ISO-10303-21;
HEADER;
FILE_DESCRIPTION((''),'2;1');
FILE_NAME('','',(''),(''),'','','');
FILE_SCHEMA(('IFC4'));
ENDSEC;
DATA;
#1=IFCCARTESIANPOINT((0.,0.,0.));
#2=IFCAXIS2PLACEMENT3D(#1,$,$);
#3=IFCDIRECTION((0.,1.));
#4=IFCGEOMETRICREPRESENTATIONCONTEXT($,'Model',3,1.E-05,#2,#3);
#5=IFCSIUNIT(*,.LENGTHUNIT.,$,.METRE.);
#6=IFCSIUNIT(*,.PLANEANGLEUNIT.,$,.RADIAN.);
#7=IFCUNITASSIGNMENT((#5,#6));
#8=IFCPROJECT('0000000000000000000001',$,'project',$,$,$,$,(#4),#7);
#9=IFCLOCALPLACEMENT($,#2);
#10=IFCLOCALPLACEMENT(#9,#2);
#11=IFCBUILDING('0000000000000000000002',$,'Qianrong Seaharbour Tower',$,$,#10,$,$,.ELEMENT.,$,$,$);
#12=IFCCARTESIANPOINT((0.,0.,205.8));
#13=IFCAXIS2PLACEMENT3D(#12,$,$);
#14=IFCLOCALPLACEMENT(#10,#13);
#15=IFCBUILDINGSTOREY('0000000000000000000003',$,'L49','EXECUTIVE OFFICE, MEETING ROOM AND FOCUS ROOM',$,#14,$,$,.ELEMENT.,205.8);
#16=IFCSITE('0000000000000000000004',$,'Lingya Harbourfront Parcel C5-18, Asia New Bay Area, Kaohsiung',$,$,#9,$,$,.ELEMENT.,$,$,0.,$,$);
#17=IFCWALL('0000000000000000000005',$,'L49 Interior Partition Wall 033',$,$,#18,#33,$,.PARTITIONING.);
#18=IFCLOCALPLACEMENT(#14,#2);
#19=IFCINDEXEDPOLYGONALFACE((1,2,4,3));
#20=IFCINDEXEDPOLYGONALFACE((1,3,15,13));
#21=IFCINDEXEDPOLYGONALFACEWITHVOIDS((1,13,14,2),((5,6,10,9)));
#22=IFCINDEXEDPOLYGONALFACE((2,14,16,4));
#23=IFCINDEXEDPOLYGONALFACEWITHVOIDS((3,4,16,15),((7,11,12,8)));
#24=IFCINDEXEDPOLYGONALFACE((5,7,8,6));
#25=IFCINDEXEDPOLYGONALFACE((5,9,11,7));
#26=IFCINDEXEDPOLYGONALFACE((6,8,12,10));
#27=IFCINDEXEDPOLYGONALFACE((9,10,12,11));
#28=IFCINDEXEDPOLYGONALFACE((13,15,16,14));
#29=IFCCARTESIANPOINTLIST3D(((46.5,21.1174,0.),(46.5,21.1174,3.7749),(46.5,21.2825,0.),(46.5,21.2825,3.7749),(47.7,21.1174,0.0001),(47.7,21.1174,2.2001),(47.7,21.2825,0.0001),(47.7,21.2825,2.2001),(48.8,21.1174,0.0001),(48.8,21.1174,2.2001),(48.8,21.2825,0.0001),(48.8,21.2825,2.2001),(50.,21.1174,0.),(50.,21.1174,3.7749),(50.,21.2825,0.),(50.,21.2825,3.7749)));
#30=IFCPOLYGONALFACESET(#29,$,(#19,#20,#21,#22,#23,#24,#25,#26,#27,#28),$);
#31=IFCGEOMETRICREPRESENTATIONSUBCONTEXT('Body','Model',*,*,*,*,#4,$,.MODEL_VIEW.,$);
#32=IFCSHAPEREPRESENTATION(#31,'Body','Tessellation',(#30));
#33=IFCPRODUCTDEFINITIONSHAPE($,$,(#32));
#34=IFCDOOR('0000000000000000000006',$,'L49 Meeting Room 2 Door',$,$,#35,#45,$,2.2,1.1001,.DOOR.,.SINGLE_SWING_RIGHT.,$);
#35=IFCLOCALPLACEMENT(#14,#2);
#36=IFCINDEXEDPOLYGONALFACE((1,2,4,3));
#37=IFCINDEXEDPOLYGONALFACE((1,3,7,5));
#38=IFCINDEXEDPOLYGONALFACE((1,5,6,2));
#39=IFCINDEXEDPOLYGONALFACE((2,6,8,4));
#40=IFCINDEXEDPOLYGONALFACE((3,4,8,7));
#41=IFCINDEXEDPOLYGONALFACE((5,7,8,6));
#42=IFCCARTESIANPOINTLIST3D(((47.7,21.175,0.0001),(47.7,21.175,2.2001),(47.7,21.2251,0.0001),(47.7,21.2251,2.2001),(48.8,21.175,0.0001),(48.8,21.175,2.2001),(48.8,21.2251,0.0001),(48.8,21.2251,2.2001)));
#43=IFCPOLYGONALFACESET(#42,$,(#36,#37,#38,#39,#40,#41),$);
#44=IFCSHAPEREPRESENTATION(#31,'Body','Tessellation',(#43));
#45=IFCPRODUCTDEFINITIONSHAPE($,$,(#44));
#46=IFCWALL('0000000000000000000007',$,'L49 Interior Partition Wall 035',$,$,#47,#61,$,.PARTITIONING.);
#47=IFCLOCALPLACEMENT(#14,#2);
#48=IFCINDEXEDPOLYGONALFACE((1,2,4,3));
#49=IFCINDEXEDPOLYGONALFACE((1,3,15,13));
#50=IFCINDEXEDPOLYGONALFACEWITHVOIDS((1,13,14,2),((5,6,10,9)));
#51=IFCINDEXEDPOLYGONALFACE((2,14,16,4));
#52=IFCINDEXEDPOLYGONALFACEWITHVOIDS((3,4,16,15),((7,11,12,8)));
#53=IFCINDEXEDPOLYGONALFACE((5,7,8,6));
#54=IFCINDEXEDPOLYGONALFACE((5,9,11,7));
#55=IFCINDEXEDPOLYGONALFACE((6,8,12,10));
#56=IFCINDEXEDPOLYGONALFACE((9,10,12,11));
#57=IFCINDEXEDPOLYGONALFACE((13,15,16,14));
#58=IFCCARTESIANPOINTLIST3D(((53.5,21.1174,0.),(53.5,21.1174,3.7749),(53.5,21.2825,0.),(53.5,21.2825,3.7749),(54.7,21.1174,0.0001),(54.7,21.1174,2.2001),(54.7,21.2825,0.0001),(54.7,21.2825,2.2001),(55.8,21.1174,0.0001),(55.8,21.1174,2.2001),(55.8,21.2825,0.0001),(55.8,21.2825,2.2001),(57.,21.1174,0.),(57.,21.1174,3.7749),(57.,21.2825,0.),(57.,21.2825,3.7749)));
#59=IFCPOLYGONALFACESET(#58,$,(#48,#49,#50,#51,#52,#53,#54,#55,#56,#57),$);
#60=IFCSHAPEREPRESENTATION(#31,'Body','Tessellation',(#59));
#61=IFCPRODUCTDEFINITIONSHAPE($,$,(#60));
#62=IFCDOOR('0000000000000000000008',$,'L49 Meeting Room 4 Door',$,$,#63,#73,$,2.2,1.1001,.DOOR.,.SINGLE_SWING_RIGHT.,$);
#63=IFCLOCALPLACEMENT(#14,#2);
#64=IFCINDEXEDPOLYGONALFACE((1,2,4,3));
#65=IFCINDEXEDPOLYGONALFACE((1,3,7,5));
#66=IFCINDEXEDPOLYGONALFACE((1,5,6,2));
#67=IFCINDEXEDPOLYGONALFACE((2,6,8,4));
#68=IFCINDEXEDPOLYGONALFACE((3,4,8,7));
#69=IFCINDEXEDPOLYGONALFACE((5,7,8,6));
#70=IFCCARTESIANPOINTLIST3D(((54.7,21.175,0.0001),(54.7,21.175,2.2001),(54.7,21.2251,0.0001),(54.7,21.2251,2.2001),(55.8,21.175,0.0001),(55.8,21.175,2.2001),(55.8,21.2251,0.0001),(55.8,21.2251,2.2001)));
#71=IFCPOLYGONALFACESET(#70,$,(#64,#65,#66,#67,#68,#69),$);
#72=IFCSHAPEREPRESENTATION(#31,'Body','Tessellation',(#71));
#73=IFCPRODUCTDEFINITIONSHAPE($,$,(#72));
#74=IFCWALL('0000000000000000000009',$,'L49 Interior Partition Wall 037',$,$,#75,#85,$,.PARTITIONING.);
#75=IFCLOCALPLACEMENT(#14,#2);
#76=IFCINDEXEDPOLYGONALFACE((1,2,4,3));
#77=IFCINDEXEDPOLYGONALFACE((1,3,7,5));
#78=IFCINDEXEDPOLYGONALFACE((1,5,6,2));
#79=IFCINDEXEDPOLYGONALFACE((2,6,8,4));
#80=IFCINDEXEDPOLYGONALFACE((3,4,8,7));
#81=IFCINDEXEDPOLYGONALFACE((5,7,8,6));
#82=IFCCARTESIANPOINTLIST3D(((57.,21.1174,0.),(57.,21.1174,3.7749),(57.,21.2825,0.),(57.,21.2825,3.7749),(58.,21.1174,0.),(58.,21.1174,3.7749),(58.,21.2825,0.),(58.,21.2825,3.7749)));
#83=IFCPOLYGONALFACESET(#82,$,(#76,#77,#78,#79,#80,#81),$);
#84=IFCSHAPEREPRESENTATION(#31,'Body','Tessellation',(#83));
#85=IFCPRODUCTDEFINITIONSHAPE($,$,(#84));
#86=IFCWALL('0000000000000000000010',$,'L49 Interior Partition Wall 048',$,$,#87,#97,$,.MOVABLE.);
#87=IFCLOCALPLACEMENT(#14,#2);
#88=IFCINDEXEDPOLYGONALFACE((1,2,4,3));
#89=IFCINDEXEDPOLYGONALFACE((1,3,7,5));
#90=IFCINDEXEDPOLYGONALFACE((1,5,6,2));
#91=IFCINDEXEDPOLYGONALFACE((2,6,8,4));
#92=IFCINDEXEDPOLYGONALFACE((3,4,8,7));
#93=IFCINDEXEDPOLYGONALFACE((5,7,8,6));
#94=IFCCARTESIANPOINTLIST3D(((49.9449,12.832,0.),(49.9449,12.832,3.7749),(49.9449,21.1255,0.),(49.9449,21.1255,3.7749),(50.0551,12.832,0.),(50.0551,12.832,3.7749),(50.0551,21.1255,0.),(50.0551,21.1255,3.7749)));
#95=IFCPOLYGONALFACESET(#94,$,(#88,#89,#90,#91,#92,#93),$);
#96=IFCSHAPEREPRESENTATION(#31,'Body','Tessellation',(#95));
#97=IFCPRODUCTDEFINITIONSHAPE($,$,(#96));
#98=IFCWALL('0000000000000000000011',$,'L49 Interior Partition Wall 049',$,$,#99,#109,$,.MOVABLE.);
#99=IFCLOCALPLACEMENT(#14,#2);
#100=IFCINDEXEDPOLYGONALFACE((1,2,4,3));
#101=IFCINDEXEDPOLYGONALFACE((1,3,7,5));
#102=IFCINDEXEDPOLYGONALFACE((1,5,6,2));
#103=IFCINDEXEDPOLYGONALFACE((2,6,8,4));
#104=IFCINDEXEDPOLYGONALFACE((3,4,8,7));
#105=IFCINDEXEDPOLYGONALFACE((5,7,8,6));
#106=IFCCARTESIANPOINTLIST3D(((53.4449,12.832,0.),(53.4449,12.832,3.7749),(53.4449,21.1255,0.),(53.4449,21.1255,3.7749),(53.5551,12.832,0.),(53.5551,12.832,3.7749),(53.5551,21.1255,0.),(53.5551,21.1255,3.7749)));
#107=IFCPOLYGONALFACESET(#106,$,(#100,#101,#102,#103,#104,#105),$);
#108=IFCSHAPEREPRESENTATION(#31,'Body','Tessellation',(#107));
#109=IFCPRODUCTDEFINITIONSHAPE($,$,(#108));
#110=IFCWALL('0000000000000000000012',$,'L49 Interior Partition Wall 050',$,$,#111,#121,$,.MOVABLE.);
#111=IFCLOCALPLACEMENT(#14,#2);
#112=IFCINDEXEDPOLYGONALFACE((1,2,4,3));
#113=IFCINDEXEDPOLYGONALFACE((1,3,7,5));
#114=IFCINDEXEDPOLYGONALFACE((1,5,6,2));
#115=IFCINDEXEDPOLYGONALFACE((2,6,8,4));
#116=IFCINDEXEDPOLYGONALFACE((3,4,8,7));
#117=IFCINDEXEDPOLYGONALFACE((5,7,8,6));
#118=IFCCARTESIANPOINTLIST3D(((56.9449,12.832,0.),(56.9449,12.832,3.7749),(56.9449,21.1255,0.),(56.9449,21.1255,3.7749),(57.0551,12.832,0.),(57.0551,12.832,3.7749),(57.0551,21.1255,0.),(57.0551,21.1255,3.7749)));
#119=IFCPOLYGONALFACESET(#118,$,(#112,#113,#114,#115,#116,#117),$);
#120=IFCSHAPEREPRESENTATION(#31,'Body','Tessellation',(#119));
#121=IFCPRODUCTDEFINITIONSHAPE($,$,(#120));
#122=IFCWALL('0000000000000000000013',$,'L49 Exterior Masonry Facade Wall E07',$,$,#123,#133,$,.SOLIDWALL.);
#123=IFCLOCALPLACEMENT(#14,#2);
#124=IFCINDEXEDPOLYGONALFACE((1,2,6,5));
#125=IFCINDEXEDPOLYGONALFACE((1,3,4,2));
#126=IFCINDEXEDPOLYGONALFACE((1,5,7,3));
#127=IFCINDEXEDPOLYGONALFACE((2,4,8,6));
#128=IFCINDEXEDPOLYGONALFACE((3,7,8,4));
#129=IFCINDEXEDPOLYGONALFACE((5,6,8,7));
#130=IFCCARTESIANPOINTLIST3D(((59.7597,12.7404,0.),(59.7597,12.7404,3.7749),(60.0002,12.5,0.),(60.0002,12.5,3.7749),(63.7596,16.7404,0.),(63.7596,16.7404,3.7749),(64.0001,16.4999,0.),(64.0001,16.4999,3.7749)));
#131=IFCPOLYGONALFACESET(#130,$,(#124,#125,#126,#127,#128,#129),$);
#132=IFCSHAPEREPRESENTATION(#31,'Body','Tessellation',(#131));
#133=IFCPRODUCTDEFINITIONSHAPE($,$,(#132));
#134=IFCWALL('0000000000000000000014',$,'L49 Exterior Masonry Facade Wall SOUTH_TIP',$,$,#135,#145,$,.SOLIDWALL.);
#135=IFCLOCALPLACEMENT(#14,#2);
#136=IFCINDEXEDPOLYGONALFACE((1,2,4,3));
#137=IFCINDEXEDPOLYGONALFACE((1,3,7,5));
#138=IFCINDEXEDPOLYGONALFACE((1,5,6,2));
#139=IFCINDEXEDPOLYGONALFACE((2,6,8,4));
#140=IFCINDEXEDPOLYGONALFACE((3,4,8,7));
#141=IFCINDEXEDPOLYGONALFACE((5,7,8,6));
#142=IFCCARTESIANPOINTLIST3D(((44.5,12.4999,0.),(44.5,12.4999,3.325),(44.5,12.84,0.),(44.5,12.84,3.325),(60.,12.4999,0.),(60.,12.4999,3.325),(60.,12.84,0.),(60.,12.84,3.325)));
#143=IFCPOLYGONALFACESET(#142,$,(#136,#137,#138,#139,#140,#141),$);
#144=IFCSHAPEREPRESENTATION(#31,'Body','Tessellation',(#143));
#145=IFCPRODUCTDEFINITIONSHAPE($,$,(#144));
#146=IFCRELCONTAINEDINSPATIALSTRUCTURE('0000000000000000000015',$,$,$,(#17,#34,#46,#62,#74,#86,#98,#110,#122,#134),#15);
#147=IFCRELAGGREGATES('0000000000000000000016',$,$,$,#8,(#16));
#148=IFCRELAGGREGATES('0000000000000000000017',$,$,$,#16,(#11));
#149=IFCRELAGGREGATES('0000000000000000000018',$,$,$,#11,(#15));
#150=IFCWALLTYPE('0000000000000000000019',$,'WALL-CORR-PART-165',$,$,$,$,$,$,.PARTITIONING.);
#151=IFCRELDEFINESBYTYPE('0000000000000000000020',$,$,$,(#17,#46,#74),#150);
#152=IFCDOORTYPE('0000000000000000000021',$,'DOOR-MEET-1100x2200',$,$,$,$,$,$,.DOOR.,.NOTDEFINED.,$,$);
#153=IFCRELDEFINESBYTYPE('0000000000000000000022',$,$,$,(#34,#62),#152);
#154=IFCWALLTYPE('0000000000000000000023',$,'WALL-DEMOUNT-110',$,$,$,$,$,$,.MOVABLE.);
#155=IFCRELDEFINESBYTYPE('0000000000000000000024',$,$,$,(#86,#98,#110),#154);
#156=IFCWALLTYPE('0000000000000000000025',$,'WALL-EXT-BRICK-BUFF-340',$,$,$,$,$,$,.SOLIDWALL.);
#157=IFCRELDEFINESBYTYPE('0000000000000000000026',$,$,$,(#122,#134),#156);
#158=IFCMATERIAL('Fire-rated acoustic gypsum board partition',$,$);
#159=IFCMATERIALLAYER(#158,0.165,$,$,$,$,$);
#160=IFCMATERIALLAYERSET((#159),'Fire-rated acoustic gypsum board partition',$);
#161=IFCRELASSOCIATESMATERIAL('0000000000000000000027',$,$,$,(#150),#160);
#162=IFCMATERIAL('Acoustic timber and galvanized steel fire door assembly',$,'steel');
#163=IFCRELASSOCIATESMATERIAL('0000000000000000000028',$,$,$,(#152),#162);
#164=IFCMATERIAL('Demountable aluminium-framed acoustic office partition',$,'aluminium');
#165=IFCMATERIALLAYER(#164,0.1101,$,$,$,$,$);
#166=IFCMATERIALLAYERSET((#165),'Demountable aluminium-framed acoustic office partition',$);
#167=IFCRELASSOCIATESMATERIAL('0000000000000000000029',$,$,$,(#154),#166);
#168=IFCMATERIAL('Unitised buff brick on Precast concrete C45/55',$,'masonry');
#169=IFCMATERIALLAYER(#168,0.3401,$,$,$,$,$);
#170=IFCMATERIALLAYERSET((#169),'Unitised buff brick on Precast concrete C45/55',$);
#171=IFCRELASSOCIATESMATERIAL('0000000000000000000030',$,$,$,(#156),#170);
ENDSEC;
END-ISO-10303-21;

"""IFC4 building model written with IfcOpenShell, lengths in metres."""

from ifc_helpers import new_model, si_unit, direction, frame, frame_2d, origin, place, context, subcontext, project, spatial, rectangle, extrude, material, layer, layer_set, type_object, element, fill, save


model = new_model("IFC4")

# Units and contexts
model_context = context("Model", 3, precision=1e-05, world=origin(), true_north=direction((0.0, 1.0)))
body_context = subcontext(model_context, "Body", "Model", "MODEL_VIEW")
ifc_project = project(units=[si_unit("LENGTHUNIT", "METRE"), si_unit("PLANEANGLEUNIT", "RADIAN")], contexts=[model_context])

# Site, building, storey
site_placement = place(None, origin())
site = spatial("IfcSite", under=ifc_project, at=site_placement, Name="Lingya Harbourfront Parcel C5-18, Asia New Bay Area, Kaohsiung", CompositionType="ELEMENT", RefElevation=0.0)
building_placement = place(site_placement, origin())
building = spatial("IfcBuilding", under=site, at=building_placement, Name="Qianrong Seaharbour Tower", CompositionType="ELEMENT")
storey_placement = place(building_placement, frame((0.0, 0.0, 205.8)))
storey = spatial("IfcBuildingStorey", under=building, at=storey_placement, Name="L49", Description="EXECUTIVE OFFICE, MEETING ROOM AND FOCUS ROOM", CompositionType="ELEMENT", Elevation=205.8)

# Walls, openings, doors
ifc_material_1 = material(Name="Fire-rated acoustic gypsum board partition")
ifc_layer_1 = layer(ifc_material_1, 0.165)
ifc_layer_set_1 = layer_set([ifc_layer_1], Name="Fire-rated acoustic gypsum board partition")
wall_type_1 = type_object("IfcWallType", Name="WALL-CORR-PART-165", PredefinedType="PARTITIONING", material=ifc_layer_set_1)
wall_1_placement = place(storey_placement, frame((50.0, 21.2, 0.0), z_axis=(0.0, 0.0, 1.0), x_axis=(-1.0, 0.0, 0.0)))
wall_1 = element("IfcWall", 1, at=wall_1_placement, inside=storey, type_object=wall_type_1, Name="L49 Interior Partition Wall 033", PredefinedType="PARTITIONING", context=body_context, shape_type="SweptSolid", body=[
    extrude(rectangle(XDim=3.5, YDim=0.165, at=frame_2d((1.75, 0.0))), origin(), (0.0, 0.0, 1.0), 3.7749),
])
opening_1_placement = place(wall_1_placement, frame((1.2, 0.0, 0.0)))
opening_1 = element("IfcOpeningElement", 2, at=opening_1_placement, cuts=wall_1, PredefinedType="OPENING", context=body_context, shape_type="SweptSolid", body=[
    extrude(rectangle(XDim=1.1001, YDim=2.2, at=frame_2d((0.55, 1.1001))), frame((0.0, 0.0925, 0.0), z_axis=(0.0, -1.0, 0.0), x_axis=(1.0, 0.0, 0.0)), (0.0, 0.0, 1.0), 0.1851),
])
ifc_material_2 = material(Name="Acoustic timber and galvanized steel fire door assembly", Category="steel")
door_type_1 = type_object("IfcDoorType", Name="DOOR-MEET-1100x2200", OperationType="NOTDEFINED", PredefinedType="DOOR", material=ifc_material_2)
door_1_placement = place(opening_1_placement, origin())
door_1 = element("IfcDoor", 3, at=door_1_placement, inside=storey, type_object=door_type_1, Name="L49 Meeting Room 2 Door", OperationType="SINGLE_SWING_RIGHT", OverallHeight=2.2, OverallWidth=1.1001, PredefinedType="DOOR", context=body_context, shape_type="SweptSolid", body=[
    extrude(rectangle(XDim=1.1001, YDim=2.2, at=frame_2d((0.55, 1.1001))), frame((0.0, 0.0249, 0.0), z_axis=(0.0, -1.0, 0.0), x_axis=(1.0, 0.0, 0.0)), (0.0, 0.0, 1.0), 0.05),
])
fill(opening_1, door_1)
wall_2_placement = place(storey_placement, frame((57.0, 21.2, 0.0), z_axis=(0.0, 0.0, 1.0), x_axis=(-1.0, 0.0, 0.0)))
wall_2 = element("IfcWall", 4, at=wall_2_placement, inside=storey, type_object=wall_type_1, Name="L49 Interior Partition Wall 035", PredefinedType="PARTITIONING", context=body_context, shape_type="SweptSolid", body=[
    extrude(rectangle(XDim=3.5, YDim=0.165, at=frame_2d((1.75, 0.0))), origin(), (0.0, 0.0, 1.0), 3.7749),
])
opening_2_placement = place(wall_2_placement, frame((1.2, 0.0, 0.0)))
opening_2 = element("IfcOpeningElement", 5, at=opening_2_placement, cuts=wall_2, PredefinedType="OPENING", context=body_context, shape_type="SweptSolid", body=[
    extrude(rectangle(XDim=1.1001, YDim=2.2, at=frame_2d((0.55, 1.1001))), frame((0.0, 0.0925, 0.0), z_axis=(0.0, -1.0, 0.0), x_axis=(1.0, 0.0, 0.0)), (0.0, 0.0, 1.0), 0.1851),
])
door_2_placement = place(opening_2_placement, origin())
door_2 = element("IfcDoor", 6, at=door_2_placement, inside=storey, type_object=door_type_1, Name="L49 Meeting Room 4 Door", OperationType="SINGLE_SWING_RIGHT", OverallHeight=2.2, OverallWidth=1.1001, PredefinedType="DOOR", context=body_context, shape_type="SweptSolid", body=[
    extrude(rectangle(XDim=1.1001, YDim=2.2, at=frame_2d((0.55, 1.1001))), frame((0.0, 0.0249, 0.0), z_axis=(0.0, -1.0, 0.0), x_axis=(1.0, 0.0, 0.0)), (0.0, 0.0, 1.0), 0.05),
])
fill(opening_2, door_2)

# Walls
wall_3_placement = place(storey_placement, frame((58.0, 21.2, 0.0), z_axis=(0.0, 0.0, 1.0), x_axis=(-1.0, 0.0, 0.0)))
element("IfcWall", 7, at=wall_3_placement, inside=storey, type_object=wall_type_1, Name="L49 Interior Partition Wall 037", PredefinedType="PARTITIONING", context=body_context, shape_type="SweptSolid", body=[
    extrude(rectangle(XDim=1.0, YDim=0.165, at=frame_2d((0.5, 0.0))), origin(), (0.0, 0.0, 1.0), 3.7749),
])
ifc_material_3 = material(Name="Demountable aluminium-framed acoustic office partition", Category="aluminium")
ifc_layer_2 = layer(ifc_material_3, 0.1101)
ifc_layer_set_2 = layer_set([ifc_layer_2], Name="Demountable aluminium-framed acoustic office partition")
wall_type_2 = type_object("IfcWallType", Name="WALL-DEMOUNT-110", PredefinedType="MOVABLE", material=ifc_layer_set_2)
for number, where, z_axis, x_axis, name in (
    (8, (50.0, 21.1255, 0.0), (0.0, 0.0, 1.0), (0.0, -1.0, 0.0), "L49 Interior Partition Wall 048"),
    (9, (53.5, 21.1255, 0.0), (0.0, 0.0, 1.0), (0.0, -1.0, 0.0), "L49 Interior Partition Wall 049"),
    (10, (57.0, 21.1255, 0.0), (0.0, 0.0, 1.0), (0.0, -1.0, 0.0), "L49 Interior Partition Wall 050"),
):
    element("IfcWall", number, at=place(storey_placement, frame(where, z_axis=z_axis, x_axis=x_axis)), inside=storey, type_object=wall_type_2, Name=name, PredefinedType="MOVABLE", context=body_context, shape_type="SweptSolid", body=[
        extrude(rectangle(XDim=8.2935, YDim=0.1101, at=frame_2d((4.1467, 0.0))), origin(), (0.0, 0.0, 1.0), 3.7749),
    ])
ifc_material_4 = material(Name="Unitised buff brick on Precast concrete C45/55", Category="masonry")
ifc_layer_3 = layer(ifc_material_4, 0.3401)
ifc_layer_set_3 = layer_set([ifc_layer_3], Name="Unitised buff brick on Precast concrete C45/55")
wall_type_3 = type_object("IfcWallType", Name="WALL-EXT-BRICK-BUFF-340", PredefinedType="SOLIDWALL", material=ifc_layer_set_3)
wall_4_placement = place(storey_placement, frame((63.8799, 16.6201, 0.0), z_axis=(0.0, 0.0, 1.0), x_axis=(-0.707107, -0.707107, 0.0)))
element("IfcWall", 11, at=wall_4_placement, inside=storey, type_object=wall_type_3, Name="L49 Exterior Masonry Facade Wall E07", PredefinedType="SOLIDWALL", context=body_context, shape_type="SweptSolid", body=[
    extrude(rectangle(XDim=5.6567, YDim=0.3401, at=frame_2d((2.8284, 0.0))), origin(), (0.0, 0.0, 1.0), 3.7749),
])
wall_5_placement = place(storey_placement, frame((60.0, 12.6699, 0.0), z_axis=(0.0, 0.0, 1.0), x_axis=(-1.0, 0.0, 0.0)))
element("IfcWall", 12, at=wall_5_placement, inside=storey, type_object=wall_type_3, Name="L49 Exterior Masonry Facade Wall SOUTH_TIP", PredefinedType="SOLIDWALL", context=body_context, shape_type="SweptSolid", body=[
    extrude(rectangle(XDim=15.5, YDim=0.3401, at=frame_2d((7.75, 0.0))), origin(), (0.0, 0.0, 1.0), 3.325),
])

save(model, "model.ifc")
